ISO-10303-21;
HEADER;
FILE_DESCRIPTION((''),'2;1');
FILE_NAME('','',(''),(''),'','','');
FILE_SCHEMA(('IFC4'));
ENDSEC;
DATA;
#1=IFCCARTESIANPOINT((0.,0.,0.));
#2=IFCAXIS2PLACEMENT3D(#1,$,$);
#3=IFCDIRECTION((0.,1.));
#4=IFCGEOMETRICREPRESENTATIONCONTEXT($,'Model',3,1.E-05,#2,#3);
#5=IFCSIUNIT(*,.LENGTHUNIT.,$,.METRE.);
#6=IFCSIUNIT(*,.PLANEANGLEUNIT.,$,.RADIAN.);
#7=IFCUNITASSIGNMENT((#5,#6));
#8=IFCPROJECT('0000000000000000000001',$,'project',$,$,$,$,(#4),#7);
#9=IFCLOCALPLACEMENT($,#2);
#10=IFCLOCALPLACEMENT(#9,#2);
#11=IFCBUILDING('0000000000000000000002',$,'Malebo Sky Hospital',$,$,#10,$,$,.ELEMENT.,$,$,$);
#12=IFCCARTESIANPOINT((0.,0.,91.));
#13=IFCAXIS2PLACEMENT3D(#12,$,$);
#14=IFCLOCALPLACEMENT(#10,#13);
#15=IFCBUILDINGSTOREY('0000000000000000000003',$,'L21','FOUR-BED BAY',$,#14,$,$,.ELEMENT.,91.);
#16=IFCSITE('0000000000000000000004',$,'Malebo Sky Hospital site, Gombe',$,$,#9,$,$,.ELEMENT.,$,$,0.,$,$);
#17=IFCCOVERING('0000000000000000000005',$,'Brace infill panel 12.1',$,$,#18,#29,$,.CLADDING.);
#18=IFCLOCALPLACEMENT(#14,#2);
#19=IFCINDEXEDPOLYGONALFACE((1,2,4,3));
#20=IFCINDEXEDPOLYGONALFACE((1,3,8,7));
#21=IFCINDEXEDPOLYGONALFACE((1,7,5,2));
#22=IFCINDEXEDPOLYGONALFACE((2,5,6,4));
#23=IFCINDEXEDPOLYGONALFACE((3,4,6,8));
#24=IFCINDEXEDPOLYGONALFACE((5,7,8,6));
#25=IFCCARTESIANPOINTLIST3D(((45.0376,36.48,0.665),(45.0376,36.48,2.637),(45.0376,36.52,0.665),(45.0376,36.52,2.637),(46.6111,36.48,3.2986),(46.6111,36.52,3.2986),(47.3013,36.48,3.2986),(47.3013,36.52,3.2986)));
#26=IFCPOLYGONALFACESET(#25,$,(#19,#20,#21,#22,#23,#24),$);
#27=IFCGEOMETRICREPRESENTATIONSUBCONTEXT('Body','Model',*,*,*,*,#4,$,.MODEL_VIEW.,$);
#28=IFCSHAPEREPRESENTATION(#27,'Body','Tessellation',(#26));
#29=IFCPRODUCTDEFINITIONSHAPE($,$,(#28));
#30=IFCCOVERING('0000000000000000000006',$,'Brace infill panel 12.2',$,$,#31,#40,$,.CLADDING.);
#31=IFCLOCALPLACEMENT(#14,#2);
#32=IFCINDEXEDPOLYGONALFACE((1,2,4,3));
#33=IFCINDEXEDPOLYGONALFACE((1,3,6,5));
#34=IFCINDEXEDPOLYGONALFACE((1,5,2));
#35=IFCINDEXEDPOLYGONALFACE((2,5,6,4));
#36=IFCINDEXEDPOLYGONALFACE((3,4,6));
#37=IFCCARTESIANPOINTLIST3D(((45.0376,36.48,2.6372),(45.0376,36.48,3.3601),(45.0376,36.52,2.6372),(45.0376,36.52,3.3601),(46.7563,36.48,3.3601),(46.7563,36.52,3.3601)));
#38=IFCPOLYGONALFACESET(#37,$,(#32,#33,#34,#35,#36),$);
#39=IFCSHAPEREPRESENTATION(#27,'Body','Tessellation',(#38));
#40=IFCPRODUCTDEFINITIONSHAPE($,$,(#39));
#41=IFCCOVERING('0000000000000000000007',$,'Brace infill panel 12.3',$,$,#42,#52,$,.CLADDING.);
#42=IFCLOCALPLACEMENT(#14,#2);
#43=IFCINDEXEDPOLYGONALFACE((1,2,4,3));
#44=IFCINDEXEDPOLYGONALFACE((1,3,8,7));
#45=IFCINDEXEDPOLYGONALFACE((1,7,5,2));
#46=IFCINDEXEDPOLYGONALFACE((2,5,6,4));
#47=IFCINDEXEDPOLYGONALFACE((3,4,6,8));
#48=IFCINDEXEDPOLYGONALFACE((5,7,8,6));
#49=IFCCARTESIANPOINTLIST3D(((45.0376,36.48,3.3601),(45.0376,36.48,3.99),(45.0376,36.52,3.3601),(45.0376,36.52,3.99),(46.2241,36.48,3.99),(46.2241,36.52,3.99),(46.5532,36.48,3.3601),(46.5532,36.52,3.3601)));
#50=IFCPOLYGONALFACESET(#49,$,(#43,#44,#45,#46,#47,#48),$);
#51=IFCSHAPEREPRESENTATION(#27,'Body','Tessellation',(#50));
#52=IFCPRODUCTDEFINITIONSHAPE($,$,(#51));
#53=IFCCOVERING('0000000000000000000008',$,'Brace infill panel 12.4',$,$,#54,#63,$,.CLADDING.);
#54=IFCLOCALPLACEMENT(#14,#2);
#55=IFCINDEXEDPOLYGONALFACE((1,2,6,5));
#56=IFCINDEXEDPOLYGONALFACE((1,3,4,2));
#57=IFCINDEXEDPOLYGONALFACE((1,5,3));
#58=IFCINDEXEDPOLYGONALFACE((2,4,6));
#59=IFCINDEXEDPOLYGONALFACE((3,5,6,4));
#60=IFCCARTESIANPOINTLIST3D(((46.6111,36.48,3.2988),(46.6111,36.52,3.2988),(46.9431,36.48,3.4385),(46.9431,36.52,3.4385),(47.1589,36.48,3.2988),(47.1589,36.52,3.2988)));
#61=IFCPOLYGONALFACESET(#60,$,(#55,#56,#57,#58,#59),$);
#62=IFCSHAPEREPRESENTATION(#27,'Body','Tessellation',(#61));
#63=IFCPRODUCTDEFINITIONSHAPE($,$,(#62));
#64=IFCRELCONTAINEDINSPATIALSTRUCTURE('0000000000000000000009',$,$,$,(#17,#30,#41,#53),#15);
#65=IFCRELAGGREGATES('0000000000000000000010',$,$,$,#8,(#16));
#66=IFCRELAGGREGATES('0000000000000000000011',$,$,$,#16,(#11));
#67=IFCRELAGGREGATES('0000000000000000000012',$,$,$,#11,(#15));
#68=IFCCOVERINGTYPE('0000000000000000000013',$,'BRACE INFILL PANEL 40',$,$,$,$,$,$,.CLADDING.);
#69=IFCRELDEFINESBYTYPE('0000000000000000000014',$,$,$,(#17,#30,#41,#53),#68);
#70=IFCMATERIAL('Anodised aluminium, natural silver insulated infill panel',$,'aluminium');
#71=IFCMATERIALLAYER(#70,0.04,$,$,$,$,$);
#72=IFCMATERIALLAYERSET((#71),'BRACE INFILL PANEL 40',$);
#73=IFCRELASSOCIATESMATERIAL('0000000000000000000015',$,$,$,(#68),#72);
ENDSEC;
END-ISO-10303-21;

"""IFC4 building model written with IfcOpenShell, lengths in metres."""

from ifc_helpers import new_model, si_unit, direction, frame, origin, place, context, subcontext, project, spatial, polyline, outline, extrude, material, layer, layer_set, type_object, element, save


model = new_model("IFC4")

# Units and contexts
model_context = context("Model", 3, precision=1e-05, world=origin(), true_north=direction((0.0, 1.0)))
body_context = subcontext(model_context, "Body", "Model", "MODEL_VIEW")
ifc_project = project(units=[si_unit("LENGTHUNIT", "METRE"), si_unit("PLANEANGLEUNIT", "RADIAN")], contexts=[model_context])

# Site, building, storey
site_placement = place(None, origin())
site = spatial("IfcSite", under=ifc_project, at=site_placement, Name="Malebo Sky Hospital site, Gombe", CompositionType="ELEMENT", RefElevation=0.0)
building_placement = place(site_placement, origin())
building = spatial("IfcBuilding", under=site, at=building_placement, Name="Malebo Sky Hospital", CompositionType="ELEMENT")
storey_placement = place(building_placement, frame((0.0, 0.0, 91.0)))
storey = spatial("IfcBuildingStorey", under=building, at=storey_placement, Name="L21", Description="FOUR-BED BAY", CompositionType="ELEMENT", Elevation=91.0)

# Coverings
ifc_material_1 = material(Name="Anodised aluminium, natural silver insulated infill panel", Category="aluminium")
ifc_layer_1 = layer(ifc_material_1, 0.04)
ifc_layer_set_1 = layer_set([ifc_layer_1], Name="BRACE INFILL PANEL 40")
covering_type = type_object("IfcCoveringType", Name="BRACE INFILL PANEL 40", PredefinedType="CLADDING", material=ifc_layer_set_1)
covering_1_placement = place(storey_placement, frame((46.1694, 36.5, 0.665), z_axis=(0.0, 0.0, 1.0), x_axis=(-1.0, 0.0, 0.0)))
element("IfcCovering", 1, at=covering_1_placement, inside=storey, type_object=covering_type, Name="Brace infill panel 12.1", PredefinedType="CLADDING", context=body_context, shape_type="SweptSolid", body=[
    extrude(outline(polyline([(1.1318, 0.0), (1.1318, 1.9719), (-0.4417, 2.6335), (-1.1318, 2.6335), (1.1318, 0.0)])), frame((0.0, 0.02, 0.0), z_axis=(0.0, -1.0, 0.0), x_axis=(1.0, 0.0, 0.0)), (0.0, 0.0, 1.0), 0.04),
])
covering_2_placement = place(storey_placement, frame((45.897, 36.5, 2.6372), z_axis=(0.0, 0.0, 1.0), x_axis=(-1.0, 0.0, 0.0)))
element("IfcCovering", 2, at=covering_2_placement, inside=storey, type_object=covering_type, Name="Brace infill panel 12.2", PredefinedType="CLADDING", context=body_context, shape_type="SweptSolid", body=[
    extrude(outline(polyline([(0.8594, 0.0), (0.8594, 0.7229), (-0.8594, 0.7229), (0.8594, 0.0)])), frame((0.0, 0.02, 0.0), z_axis=(0.0, -1.0, 0.0), x_axis=(1.0, 0.0, 0.0)), (0.0, 0.0, 1.0), 0.04),
])
covering_3_placement = place(storey_placement, frame((45.7954, 36.5, 3.3601), z_axis=(0.0, 0.0, 1.0), x_axis=(-1.0, 0.0, 0.0)))
element("IfcCovering", 3, at=covering_3_placement, inside=storey, type_object=covering_type, Name="Brace infill panel 12.3", PredefinedType="CLADDING", context=body_context, shape_type="SweptSolid", body=[
    extrude(outline(polyline([(-0.7578, 0.0), (0.7578, 0.0), (0.7578, 0.6299), (-0.4287, 0.6299), (-0.7578, 0.0)])), frame((0.0, 0.02, 0.0), z_axis=(0.0, -1.0, 0.0), x_axis=(1.0, 0.0, 0.0)), (0.0, 0.0, 1.0), 0.04),
])
covering_4_placement = place(storey_placement, frame((46.885, 36.5, 3.2988), z_axis=(0.0, 0.0, 1.0), x_axis=(-1.0, 0.0, 0.0)))
element("IfcCovering", 4, at=covering_4_placement, inside=storey, type_object=covering_type, Name="Brace infill panel 12.4", PredefinedType="CLADDING", context=body_context, shape_type="SweptSolid", body=[
    extrude(outline(polyline([(-0.2739, 0.0), (0.2739, 0.0), (-0.0581, 0.1396), (-0.2739, 0.0)])), frame((0.0, 0.02, 0.0), z_axis=(0.0, -1.0, 0.0), x_axis=(1.0, 0.0, 0.0)), (0.0, 0.0, 1.0), 0.04),
])

save(model, "model.ifc")
